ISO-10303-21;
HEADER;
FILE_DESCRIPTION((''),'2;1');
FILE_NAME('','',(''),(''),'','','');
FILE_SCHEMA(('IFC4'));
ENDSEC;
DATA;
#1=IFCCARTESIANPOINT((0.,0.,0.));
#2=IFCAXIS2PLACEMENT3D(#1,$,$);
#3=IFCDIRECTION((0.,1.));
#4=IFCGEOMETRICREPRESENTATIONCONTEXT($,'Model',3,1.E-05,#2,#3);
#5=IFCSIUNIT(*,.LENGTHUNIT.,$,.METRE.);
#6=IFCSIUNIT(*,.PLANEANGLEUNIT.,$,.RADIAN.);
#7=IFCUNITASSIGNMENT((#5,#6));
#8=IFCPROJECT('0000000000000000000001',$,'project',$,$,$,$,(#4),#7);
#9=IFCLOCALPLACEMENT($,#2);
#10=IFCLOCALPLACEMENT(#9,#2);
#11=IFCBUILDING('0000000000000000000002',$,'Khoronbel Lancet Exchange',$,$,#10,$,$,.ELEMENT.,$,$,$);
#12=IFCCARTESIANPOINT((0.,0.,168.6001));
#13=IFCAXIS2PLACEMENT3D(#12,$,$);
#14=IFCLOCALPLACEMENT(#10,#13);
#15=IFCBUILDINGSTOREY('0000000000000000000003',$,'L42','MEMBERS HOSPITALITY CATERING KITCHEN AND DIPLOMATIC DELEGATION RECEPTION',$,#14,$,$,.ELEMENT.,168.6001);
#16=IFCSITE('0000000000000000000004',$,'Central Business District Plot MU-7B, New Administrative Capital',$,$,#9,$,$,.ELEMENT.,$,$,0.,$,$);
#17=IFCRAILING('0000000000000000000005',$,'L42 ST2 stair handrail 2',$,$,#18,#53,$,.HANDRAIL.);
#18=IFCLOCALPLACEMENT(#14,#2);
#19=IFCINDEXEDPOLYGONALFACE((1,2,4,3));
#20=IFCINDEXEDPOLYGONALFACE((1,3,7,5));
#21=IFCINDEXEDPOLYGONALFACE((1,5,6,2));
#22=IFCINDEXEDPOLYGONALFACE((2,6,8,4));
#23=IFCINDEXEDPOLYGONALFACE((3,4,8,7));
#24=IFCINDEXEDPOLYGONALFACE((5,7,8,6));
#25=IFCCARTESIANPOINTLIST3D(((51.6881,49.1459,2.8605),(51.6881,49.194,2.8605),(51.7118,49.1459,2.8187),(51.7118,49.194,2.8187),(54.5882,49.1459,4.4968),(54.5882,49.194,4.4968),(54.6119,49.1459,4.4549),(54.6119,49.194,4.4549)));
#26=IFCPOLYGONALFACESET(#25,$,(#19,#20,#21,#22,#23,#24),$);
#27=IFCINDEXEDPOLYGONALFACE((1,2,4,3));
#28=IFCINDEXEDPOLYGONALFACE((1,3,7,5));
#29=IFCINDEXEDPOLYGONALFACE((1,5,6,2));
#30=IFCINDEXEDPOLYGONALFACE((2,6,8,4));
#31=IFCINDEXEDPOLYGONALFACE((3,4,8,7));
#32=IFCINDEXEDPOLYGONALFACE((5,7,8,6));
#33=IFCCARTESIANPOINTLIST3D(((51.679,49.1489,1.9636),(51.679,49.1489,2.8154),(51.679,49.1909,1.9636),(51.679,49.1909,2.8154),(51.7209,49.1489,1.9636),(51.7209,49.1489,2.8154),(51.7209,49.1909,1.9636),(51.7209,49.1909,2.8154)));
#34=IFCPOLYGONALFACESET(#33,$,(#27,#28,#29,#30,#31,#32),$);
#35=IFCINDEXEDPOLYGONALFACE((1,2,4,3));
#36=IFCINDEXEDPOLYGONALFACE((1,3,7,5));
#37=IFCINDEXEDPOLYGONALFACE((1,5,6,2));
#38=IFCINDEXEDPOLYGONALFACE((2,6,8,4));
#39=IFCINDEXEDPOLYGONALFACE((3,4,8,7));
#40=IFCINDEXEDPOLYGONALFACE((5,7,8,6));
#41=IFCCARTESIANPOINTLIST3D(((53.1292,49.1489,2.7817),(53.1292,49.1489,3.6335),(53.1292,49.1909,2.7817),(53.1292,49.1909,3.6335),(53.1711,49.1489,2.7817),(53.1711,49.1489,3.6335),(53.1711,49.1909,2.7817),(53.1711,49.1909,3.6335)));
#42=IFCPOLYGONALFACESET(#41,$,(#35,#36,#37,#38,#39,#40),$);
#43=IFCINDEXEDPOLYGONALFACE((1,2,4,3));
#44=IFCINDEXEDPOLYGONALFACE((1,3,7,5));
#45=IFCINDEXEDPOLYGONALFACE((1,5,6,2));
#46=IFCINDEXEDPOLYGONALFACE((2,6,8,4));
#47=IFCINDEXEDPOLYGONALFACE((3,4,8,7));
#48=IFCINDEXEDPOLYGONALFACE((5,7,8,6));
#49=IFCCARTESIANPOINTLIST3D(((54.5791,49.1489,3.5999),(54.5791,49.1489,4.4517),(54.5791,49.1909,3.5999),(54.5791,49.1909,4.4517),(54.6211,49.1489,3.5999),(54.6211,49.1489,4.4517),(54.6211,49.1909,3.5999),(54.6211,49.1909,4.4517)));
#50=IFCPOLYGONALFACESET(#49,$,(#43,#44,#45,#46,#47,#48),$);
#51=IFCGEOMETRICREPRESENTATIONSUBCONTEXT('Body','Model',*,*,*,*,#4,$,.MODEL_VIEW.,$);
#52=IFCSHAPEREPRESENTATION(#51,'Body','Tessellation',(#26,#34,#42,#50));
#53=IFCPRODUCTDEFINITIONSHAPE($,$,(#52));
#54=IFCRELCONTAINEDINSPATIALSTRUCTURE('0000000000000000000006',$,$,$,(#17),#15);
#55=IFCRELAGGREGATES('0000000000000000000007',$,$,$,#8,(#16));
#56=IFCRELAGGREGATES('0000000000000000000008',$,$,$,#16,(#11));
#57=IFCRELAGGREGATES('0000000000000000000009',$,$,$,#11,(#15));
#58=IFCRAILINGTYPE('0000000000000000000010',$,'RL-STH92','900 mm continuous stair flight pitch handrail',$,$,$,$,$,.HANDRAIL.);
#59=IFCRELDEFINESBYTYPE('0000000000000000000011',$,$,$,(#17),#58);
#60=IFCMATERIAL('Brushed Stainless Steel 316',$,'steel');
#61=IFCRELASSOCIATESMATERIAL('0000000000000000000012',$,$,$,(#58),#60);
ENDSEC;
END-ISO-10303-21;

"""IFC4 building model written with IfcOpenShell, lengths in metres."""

from ifc_helpers import new_model, si_unit, direction, frame, origin, origin_2d, place, context, subcontext, project, spatial, rectangle, extrude, material, type_object, element, save


model = new_model("IFC4")

# Units and contexts
model_context = context("Model", 3, precision=1e-05, world=origin(), true_north=direction((0.0, 1.0)))
body_context = subcontext(model_context, "Body", "Model", "MODEL_VIEW")
ifc_project = project(units=[si_unit("LENGTHUNIT", "METRE"), si_unit("PLANEANGLEUNIT", "RADIAN")], contexts=[model_context])

# Site, building, storey
site_placement = place(None, origin())
site = spatial("IfcSite", under=ifc_project, at=site_placement, Name="Central Business District Plot MU-7B, New Administrative Capital", CompositionType="ELEMENT", RefElevation=0.0)
building_placement = place(site_placement, origin())
building = spatial("IfcBuilding", under=site, at=building_placement, Name="Khoronbel Lancet Exchange", CompositionType="ELEMENT")
storey_placement = place(building_placement, frame((0.0, 0.0, 168.6001)))
storey = spatial("IfcBuildingStorey", under=building, at=storey_placement, Name="L42", Description="MEMBERS HOSPITALITY CATERING KITCHEN AND DIPLOMATIC DELEGATION RECEPTION", CompositionType="ELEMENT", Elevation=168.6001)

# Railing
ifc_material_1 = material(Name="Brushed Stainless Steel 316", Category="steel")
railing_type_1 = type_object("IfcRailingType", Name="RL-STH92", Description="900 mm continuous stair flight pitch handrail", PredefinedType="HANDRAIL", material=ifc_material_1)
railing_1_placement = place(storey_placement, frame((51.7, 49.1699, 1.9636)))
element("IfcRailing", 1, at=railing_1_placement, inside=storey, type_object=railing_type_1, Name="L42 ST2 stair handrail 2", PredefinedType="HANDRAIL", context=body_context, shape_type="SweptSolid", body=[
    extrude(rectangle(XDim=0.0481, YDim=0.0481, at=origin_2d()), frame((0.0, 0.0, 0.876), z_axis=(0.870946, 0.0, 0.491378), x_axis=(0.0, 1.0, 0.0)), (0.0, 0.0, 1.0), 3.3298),
    extrude(rectangle(XDim=0.042, YDim=0.042, at=origin_2d()), origin(), (0.0, 0.0, 1.0), 0.8518),
    extrude(rectangle(XDim=0.042, YDim=0.042, at=origin_2d()), frame((1.4502, 0.0, 0.8181)), (0.0, 0.0, 1.0), 0.8518),
    extrude(rectangle(XDim=0.042, YDim=0.042, at=origin_2d()), frame((2.9001, 0.0, 1.6362)), (0.0, 0.0, 1.0), 0.8518),
])

save(model, "model.ifc")
